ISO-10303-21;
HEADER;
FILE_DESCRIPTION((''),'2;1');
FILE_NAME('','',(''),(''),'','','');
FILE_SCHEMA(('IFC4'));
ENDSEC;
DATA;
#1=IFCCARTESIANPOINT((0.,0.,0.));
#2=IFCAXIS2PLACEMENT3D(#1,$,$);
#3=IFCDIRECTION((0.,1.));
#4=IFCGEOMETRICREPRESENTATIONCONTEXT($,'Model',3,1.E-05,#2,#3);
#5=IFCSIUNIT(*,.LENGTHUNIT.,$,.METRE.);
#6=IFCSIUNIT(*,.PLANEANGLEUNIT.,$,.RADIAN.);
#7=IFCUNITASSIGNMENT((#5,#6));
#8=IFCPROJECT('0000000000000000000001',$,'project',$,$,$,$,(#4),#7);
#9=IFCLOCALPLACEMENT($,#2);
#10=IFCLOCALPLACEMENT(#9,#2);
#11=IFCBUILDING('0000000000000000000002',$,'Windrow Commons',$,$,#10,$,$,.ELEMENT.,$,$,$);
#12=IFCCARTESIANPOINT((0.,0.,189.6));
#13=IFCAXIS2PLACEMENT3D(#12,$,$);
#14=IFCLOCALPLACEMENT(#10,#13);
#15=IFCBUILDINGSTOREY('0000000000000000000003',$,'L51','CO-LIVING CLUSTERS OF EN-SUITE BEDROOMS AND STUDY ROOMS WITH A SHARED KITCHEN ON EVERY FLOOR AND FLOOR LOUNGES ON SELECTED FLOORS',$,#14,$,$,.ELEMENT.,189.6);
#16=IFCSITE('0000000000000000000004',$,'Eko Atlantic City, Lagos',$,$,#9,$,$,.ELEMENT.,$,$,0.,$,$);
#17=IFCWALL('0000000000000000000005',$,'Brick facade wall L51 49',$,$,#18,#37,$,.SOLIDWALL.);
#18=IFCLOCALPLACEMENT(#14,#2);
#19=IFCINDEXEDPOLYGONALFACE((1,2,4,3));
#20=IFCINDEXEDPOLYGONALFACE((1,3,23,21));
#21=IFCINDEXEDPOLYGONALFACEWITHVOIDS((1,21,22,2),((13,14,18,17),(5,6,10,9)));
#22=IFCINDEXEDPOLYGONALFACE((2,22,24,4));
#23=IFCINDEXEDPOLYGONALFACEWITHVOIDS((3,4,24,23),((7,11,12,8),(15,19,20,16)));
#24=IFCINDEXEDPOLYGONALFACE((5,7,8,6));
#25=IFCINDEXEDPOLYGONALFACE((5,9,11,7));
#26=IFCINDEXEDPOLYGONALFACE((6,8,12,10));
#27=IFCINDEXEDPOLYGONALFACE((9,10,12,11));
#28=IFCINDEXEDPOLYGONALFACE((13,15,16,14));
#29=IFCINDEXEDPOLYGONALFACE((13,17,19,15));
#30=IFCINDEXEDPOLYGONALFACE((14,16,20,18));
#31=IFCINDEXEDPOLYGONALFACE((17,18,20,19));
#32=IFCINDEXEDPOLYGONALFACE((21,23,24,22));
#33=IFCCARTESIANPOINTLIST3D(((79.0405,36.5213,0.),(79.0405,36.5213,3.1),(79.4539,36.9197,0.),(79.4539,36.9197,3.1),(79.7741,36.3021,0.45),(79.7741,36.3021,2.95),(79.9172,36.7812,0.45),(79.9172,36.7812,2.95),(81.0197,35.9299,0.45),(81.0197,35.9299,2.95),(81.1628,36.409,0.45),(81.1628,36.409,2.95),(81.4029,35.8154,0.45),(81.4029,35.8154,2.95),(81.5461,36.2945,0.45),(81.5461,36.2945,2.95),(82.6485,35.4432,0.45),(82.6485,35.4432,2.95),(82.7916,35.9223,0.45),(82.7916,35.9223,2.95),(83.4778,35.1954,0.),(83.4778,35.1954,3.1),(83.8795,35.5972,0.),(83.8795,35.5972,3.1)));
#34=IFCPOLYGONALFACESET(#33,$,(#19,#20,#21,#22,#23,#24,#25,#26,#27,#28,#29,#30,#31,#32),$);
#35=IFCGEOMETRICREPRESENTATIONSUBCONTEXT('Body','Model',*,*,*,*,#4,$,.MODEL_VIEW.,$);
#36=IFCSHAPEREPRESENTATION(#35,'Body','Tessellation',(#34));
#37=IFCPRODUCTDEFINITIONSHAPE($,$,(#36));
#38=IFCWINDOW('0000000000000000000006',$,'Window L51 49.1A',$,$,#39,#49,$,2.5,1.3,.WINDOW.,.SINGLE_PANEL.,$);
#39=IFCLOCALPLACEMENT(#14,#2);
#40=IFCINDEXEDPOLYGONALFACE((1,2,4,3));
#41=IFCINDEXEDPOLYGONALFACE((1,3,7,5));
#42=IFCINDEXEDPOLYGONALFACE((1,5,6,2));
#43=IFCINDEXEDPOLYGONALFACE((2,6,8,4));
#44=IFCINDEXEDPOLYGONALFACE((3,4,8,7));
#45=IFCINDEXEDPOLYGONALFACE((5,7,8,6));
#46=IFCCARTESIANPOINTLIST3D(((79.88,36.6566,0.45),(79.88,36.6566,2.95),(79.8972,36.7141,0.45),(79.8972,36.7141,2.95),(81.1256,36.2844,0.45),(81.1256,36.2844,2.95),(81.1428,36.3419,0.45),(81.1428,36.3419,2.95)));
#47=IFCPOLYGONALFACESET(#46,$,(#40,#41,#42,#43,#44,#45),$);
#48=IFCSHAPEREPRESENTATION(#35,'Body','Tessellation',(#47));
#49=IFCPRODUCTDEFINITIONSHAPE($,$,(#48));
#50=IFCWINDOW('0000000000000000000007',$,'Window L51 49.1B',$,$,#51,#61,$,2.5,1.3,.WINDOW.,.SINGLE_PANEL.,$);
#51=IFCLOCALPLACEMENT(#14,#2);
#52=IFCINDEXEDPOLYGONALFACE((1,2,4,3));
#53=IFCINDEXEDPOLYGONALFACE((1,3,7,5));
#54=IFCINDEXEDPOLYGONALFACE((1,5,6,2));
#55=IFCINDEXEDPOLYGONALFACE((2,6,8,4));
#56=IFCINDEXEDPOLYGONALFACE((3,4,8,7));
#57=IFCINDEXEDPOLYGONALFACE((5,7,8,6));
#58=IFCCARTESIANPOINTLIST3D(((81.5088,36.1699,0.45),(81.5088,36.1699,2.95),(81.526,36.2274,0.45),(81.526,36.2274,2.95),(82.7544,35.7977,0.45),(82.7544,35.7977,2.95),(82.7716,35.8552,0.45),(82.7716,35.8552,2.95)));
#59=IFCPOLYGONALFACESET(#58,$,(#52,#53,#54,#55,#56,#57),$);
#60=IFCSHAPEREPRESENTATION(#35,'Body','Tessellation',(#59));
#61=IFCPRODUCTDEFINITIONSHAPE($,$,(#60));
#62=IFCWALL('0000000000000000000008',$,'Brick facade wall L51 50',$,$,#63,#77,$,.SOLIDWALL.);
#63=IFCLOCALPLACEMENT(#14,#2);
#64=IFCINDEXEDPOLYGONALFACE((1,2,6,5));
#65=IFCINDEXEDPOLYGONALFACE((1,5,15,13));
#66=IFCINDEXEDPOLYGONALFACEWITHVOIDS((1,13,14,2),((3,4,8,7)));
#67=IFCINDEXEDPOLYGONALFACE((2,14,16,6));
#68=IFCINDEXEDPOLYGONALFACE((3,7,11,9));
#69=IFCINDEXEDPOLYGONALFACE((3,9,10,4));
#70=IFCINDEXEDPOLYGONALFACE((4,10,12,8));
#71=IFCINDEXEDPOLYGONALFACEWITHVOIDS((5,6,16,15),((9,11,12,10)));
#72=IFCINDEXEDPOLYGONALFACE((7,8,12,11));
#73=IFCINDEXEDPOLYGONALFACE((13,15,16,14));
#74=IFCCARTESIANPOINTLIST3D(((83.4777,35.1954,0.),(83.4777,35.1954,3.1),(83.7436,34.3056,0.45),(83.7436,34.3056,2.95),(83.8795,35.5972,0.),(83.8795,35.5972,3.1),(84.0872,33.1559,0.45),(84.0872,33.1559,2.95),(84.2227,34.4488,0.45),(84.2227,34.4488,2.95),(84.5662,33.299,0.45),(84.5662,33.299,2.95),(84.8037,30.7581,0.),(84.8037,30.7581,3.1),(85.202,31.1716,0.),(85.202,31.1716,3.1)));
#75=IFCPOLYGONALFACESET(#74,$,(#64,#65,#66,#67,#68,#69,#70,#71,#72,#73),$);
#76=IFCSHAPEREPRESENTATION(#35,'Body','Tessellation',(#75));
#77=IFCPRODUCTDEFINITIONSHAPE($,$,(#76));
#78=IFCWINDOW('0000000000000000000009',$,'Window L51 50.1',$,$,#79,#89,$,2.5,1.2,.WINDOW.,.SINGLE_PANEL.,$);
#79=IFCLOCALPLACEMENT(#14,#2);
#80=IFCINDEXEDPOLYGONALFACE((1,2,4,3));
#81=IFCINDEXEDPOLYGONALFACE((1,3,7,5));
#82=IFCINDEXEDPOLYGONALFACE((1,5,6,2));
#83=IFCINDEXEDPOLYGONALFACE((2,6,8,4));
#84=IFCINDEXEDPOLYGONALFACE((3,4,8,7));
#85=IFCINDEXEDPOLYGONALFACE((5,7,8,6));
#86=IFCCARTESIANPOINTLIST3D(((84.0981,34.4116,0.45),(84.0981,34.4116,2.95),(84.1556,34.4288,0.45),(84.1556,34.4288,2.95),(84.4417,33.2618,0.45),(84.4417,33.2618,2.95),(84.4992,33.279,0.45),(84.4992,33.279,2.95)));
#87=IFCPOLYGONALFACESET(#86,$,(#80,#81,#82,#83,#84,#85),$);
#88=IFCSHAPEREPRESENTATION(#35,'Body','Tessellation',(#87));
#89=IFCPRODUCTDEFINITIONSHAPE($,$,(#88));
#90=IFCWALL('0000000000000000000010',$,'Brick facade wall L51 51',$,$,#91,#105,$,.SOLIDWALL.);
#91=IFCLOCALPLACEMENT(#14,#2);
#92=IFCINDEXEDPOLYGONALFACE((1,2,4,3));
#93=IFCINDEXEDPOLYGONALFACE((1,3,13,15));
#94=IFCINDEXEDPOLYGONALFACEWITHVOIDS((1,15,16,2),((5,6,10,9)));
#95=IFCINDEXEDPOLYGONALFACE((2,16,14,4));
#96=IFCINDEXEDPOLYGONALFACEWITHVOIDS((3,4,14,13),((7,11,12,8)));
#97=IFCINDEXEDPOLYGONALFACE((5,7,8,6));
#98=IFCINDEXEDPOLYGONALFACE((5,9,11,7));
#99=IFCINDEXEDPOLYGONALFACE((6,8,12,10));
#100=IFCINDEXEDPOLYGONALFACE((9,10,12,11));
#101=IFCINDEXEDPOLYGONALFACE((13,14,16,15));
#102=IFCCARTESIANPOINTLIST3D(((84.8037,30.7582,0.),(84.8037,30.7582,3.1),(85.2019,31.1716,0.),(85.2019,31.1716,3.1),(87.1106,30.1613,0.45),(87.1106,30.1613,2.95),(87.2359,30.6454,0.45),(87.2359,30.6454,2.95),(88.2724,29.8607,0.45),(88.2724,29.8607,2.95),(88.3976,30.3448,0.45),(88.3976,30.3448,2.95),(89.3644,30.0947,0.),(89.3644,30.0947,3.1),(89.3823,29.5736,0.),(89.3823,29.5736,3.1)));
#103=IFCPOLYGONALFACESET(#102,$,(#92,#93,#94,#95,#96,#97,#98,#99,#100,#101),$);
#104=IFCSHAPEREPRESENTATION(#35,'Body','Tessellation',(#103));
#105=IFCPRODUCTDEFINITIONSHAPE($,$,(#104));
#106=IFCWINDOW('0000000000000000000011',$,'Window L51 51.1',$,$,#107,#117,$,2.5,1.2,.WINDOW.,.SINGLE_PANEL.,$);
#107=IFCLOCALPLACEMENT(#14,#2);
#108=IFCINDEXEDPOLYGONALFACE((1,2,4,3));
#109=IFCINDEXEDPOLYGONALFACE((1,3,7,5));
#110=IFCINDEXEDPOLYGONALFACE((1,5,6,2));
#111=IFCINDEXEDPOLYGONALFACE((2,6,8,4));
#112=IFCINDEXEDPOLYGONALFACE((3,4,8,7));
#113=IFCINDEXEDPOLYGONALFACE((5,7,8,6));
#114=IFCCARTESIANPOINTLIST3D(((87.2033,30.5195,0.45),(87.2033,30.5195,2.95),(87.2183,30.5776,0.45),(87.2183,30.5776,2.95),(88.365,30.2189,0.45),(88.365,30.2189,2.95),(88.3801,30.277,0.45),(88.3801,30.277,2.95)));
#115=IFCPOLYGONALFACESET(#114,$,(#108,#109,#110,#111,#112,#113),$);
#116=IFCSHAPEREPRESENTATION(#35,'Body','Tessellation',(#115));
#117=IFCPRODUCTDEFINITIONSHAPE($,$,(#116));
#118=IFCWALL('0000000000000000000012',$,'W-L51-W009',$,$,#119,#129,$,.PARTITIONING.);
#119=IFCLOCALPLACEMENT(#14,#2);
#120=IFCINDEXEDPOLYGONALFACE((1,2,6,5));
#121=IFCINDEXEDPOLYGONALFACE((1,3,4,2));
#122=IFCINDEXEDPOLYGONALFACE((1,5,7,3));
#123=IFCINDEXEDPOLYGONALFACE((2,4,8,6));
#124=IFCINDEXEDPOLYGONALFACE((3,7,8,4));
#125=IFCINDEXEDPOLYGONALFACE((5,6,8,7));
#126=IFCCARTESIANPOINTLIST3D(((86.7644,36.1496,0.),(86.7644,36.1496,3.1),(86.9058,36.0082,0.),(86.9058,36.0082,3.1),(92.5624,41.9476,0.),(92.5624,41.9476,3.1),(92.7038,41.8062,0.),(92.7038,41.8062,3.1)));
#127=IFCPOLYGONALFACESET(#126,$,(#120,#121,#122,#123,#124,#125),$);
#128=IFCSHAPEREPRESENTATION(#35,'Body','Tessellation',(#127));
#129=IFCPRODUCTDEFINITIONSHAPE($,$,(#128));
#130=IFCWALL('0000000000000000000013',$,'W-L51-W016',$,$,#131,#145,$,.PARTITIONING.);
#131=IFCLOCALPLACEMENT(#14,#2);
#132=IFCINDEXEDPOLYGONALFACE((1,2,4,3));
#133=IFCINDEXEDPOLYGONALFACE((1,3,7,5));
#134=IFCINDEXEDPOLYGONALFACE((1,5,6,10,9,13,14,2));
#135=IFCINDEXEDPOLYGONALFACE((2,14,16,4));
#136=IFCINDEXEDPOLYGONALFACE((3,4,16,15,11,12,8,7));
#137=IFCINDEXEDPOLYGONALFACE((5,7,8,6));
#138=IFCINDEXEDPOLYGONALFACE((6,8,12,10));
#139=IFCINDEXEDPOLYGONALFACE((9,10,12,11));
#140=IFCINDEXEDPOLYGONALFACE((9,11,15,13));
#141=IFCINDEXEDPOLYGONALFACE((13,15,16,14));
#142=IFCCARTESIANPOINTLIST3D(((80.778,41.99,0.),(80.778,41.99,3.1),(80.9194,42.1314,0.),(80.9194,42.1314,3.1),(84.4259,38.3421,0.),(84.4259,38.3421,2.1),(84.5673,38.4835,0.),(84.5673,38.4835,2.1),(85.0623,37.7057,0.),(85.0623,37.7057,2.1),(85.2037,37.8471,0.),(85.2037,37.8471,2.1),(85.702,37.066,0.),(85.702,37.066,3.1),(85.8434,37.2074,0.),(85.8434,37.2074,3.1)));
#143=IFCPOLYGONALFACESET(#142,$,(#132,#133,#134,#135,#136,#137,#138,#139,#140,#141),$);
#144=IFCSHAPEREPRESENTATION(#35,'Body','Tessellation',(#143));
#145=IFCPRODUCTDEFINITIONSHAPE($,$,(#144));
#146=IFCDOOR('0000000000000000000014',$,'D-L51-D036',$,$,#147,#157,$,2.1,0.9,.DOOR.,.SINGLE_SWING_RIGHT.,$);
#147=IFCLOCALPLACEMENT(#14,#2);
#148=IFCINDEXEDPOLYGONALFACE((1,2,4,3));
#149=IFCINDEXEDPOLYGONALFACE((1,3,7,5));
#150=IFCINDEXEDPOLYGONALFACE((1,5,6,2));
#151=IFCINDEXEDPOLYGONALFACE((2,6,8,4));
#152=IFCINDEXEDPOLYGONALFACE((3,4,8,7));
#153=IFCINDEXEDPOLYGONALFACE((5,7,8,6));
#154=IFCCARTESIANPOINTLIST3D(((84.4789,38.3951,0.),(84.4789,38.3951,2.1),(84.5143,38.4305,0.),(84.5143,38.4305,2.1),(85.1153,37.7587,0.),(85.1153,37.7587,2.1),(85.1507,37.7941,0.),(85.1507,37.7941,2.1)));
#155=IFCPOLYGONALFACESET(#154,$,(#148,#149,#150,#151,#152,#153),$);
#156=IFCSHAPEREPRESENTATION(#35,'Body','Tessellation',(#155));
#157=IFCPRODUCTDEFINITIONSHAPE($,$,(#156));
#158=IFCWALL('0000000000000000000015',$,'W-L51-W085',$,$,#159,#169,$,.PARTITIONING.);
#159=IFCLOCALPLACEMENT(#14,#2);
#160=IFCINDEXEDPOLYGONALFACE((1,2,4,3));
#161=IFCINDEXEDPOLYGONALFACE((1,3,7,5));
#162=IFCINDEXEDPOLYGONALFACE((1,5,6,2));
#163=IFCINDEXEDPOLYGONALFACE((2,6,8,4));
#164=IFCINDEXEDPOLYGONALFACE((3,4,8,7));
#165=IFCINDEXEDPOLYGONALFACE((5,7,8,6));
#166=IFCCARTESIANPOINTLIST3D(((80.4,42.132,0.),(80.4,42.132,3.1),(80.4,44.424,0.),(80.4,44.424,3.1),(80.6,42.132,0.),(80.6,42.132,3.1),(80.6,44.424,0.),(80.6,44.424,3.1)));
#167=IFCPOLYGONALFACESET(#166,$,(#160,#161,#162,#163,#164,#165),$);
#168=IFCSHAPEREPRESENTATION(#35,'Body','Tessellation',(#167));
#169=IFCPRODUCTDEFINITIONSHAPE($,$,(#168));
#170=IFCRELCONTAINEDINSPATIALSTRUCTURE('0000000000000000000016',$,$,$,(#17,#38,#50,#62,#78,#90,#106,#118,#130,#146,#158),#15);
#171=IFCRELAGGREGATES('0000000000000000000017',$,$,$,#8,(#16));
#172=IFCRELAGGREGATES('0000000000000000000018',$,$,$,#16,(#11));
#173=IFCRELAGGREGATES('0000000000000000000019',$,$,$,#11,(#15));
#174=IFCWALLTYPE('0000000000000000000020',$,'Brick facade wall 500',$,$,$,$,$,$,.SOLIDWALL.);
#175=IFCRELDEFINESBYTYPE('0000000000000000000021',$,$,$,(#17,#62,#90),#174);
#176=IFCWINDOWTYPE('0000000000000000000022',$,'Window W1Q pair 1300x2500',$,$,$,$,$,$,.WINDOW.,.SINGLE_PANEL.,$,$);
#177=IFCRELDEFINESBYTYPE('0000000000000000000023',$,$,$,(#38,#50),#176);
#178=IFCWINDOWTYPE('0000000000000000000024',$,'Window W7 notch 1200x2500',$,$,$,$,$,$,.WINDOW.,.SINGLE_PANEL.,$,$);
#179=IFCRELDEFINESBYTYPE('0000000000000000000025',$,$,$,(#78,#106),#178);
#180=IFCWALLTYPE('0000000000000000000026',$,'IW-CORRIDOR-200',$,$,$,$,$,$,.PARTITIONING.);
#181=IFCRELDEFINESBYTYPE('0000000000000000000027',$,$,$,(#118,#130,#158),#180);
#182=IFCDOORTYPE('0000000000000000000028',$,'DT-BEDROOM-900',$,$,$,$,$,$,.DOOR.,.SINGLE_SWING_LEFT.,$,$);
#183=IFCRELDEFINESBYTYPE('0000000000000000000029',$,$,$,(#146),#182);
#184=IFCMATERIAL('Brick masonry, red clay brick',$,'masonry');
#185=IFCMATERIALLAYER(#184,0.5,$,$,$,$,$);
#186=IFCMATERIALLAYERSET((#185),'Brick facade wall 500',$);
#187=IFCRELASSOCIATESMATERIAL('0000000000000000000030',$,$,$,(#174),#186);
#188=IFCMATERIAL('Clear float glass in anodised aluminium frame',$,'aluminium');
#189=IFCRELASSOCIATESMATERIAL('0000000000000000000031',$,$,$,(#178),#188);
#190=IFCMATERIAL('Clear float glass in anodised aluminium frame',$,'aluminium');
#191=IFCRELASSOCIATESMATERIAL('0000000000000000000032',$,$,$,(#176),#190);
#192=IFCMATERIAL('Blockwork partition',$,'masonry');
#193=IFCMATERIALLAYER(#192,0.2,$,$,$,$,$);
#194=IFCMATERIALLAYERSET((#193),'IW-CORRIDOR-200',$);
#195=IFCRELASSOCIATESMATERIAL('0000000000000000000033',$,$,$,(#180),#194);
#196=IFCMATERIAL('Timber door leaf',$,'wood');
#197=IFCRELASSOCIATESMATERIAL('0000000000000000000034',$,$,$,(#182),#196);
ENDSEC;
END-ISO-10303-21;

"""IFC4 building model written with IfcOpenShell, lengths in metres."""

from ifc_helpers import new_model, si_unit, direction, frame, frame_2d, origin, place, context, subcontext, project, spatial, polyline, rectangle, outline, extrude, material, layer, layer_set, type_object, element, fill, save


model = new_model("IFC4")

# Units and contexts
model_context = context("Model", 3, precision=1e-05, world=origin(), true_north=direction((0.0, 1.0)))
body_context = subcontext(model_context, "Body", "Model", "MODEL_VIEW")
ifc_project = project(units=[si_unit("LENGTHUNIT", "METRE"), si_unit("PLANEANGLEUNIT", "RADIAN")], contexts=[model_context])

# Site, building, storey
site_placement = place(None, origin())
site = spatial("IfcSite", under=ifc_project, at=site_placement, Name="Eko Atlantic City, Lagos", CompositionType="ELEMENT", RefElevation=0.0)
building_placement = place(site_placement, origin())
building = spatial("IfcBuilding", under=site, at=building_placement, Name="Windrow Commons", CompositionType="ELEMENT")
storey_placement = place(building_placement, frame((0.0, 0.0, 189.6)))
storey = spatial("IfcBuildingStorey", under=building, at=storey_placement, Name="L51", Description="CO-LIVING CLUSTERS OF EN-SUITE BEDROOMS AND STUDY ROOMS WITH A SHARED KITCHEN ON EVERY FLOOR AND FLOOR LOUNGES ON SELECTED FLOORS", CompositionType="ELEMENT", Elevation=189.6)

# Shared definitions
ifc_material_1 = material(Name="Brick masonry, red clay brick", Category="masonry")
ifc_layer_1 = layer(ifc_material_1, 0.5)
ifc_layer_set_1 = layer_set([ifc_layer_1], Name="Brick facade wall 500")
wall_type_1 = type_object("IfcWallType", Name="Brick facade wall 500", PredefinedType="SOLIDWALL", material=ifc_layer_set_1)
ifc_material_2 = material(Name="Clear float glass in anodised aluminium frame", Category="aluminium")
window_type_1 = type_object("IfcWindowType", Name="Window W7 notch 1200x2500", PartitioningType="SINGLE_PANEL", PredefinedType="WINDOW", material=ifc_material_2)

# Wall, openings, windows
wall_1_placement = place(storey_placement, frame((79.2472, 36.7205, 0.0), z_axis=(0.0, 0.0, 1.0), x_axis=(0.958136, -0.286312, 0.0)))
wall_1 = element("IfcWall", 1, at=wall_1_placement, inside=storey, type_object=wall_type_1, Name="Brick facade wall L51 49", PredefinedType="SOLIDWALL", context=body_context, shape_type="SweptSolid", body=[
    extrude(outline(polyline([(-0.141, -0.25), (4.4901, -0.25), (4.76, 0.25), (0.141, 0.25), (-0.141, -0.25)])), origin(), (0.0, 0.0, 1.0), 3.1),
])
opening_1_placement = place(wall_1_placement, frame((0.6246, 0.0, 0.45)))
opening_1 = element("IfcOpeningElement", 2, at=opening_1_placement, cuts=wall_1, PredefinedType="OPENING", context=body_context, shape_type="SweptSolid", body=[
    extrude(rectangle(XDim=1.3, YDim=2.5, at=frame_2d((0.65, 1.25))), frame((0.0, 0.26, 0.0), z_axis=(0.0, -1.0, 0.0), x_axis=(1.0, 0.0, 0.0)), (0.0, 0.0, 1.0), 0.52),
])
opening_2_placement = place(wall_1_placement, frame((2.3246, 0.0, 0.45)))
opening_2 = element("IfcOpeningElement", 3, at=opening_2_placement, cuts=wall_1, PredefinedType="OPENING", context=body_context, shape_type="SweptSolid", body=[
    extrude(rectangle(XDim=1.3, YDim=2.5, at=frame_2d((0.65, 1.25))), frame((0.0, 0.26, 0.0), z_axis=(0.0, -1.0, 0.0), x_axis=(1.0, 0.0, 0.0)), (0.0, 0.0, 1.0), 0.52),
])
ifc_material_3 = material(Name="Clear float glass in anodised aluminium frame", Category="aluminium")
window_type_2 = type_object("IfcWindowType", Name="Window W1Q pair 1300x2500", PartitioningType="SINGLE_PANEL", PredefinedType="WINDOW", material=ifc_material_3)
window_1_placement = place(opening_1_placement, origin())
window_1 = element("IfcWindow", 4, at=window_1_placement, inside=storey, type_object=window_type_2, Name="Window L51 49.1A", OverallHeight=2.5, OverallWidth=1.3, PartitioningType="SINGLE_PANEL", PredefinedType="WINDOW", context=body_context, shape_type="SweptSolid", body=[
    extrude(rectangle(XDim=1.3, YDim=2.5, at=frame_2d((0.65, 1.25))), frame((0.0, 0.18, 0.0), z_axis=(0.0, -1.0, 0.0), x_axis=(1.0, 0.0, 0.0)), (0.0, 0.0, 1.0), 0.06),
])
fill(opening_1, window_1)
window_2_placement = place(opening_2_placement, origin())
window_2 = element("IfcWindow", 5, at=window_2_placement, inside=storey, type_object=window_type_2, Name="Window L51 49.1B", OverallHeight=2.5, OverallWidth=1.3, PartitioningType="SINGLE_PANEL", PredefinedType="WINDOW", context=body_context, shape_type="SweptSolid", body=[
    extrude(rectangle(XDim=1.3, YDim=2.5, at=frame_2d((0.65, 1.25))), frame((0.0, 0.18, 0.0), z_axis=(0.0, -1.0, 0.0), x_axis=(1.0, 0.0, 0.0)), (0.0, 0.0, 1.0), 0.06),
])
fill(opening_2, window_2)

# Walls, openings, windows
wall_2_placement = place(storey_placement, frame((83.6786, 35.3963, 0.0), z_axis=(0.0, 0.0, 1.0), x_axis=(0.286312, -0.958136, 0.0)))
wall_2 = element("IfcWall", 6, at=wall_2_placement, inside=storey, type_object=wall_type_1, Name="Brick facade wall L51 50", PredefinedType="SOLIDWALL", context=body_context, shape_type="SweptSolid", body=[
    extrude(outline(polyline([(0.135, -0.25), (4.7661, -0.25), (4.484, 0.25), (-0.135, 0.25), (0.135, -0.25)])), origin(), (0.0, 0.0, 1.0), 3.1),
])
opening_3_placement = place(wall_2_placement, frame((1.0636, 0.0, 0.45)))
opening_3 = element("IfcOpeningElement", 7, at=opening_3_placement, cuts=wall_2, PredefinedType="OPENING", context=body_context, shape_type="SweptSolid", body=[
    extrude(rectangle(XDim=1.2, YDim=2.5, at=frame_2d((0.6, 1.25))), frame((0.0, 0.26, 0.0), z_axis=(0.0, -1.0, 0.0), x_axis=(1.0, 0.0, 0.0)), (0.0, 0.0, 1.0), 0.52),
])
window_3_placement = place(opening_3_placement, origin())
window_3 = element("IfcWindow", 8, at=window_3_placement, inside=storey, type_object=window_type_1, Name="Window L51 50.1", OverallHeight=2.5, OverallWidth=1.2, PartitioningType="SINGLE_PANEL", PredefinedType="WINDOW", context=body_context, shape_type="SweptSolid", body=[
    extrude(rectangle(XDim=1.2, YDim=2.5, at=frame_2d((0.6, 1.25))), frame((0.0, 0.18, 0.0), z_axis=(0.0, -1.0, 0.0), x_axis=(1.0, 0.0, 0.0)), (0.0, 0.0, 1.0), 0.06),
])
fill(opening_3, window_3)
wall_3_placement = place(storey_placement, frame((85.0028, 30.9649, 0.0), z_axis=(0.0, 0.0, 1.0), x_axis=(0.968122, -0.250481, 0.0)))
wall_3 = element("IfcWall", 9, at=wall_3_placement, inside=storey, type_object=wall_type_1, Name="Brick facade wall L51 51", PredefinedType="SOLIDWALL", context=body_context, shape_type="SweptSolid", body=[
    extrude(outline(polyline([(-0.141, -0.25), (4.5884, -0.25), (4.4405, 0.25), (0.141, 0.25), (-0.141, -0.25)])), origin(), (0.0, 0.0, 1.0), 3.1),
])
opening_4_placement = place(wall_3_placement, frame((2.2419, 0.0, 0.45)))
opening_4 = element("IfcOpeningElement", 10, at=opening_4_placement, cuts=wall_3, PredefinedType="OPENING", context=body_context, shape_type="SweptSolid", body=[
    extrude(rectangle(XDim=1.2, YDim=2.5, at=frame_2d((0.6, 1.25))), frame((0.0, 0.26, 0.0), z_axis=(0.0, -1.0, 0.0), x_axis=(1.0, 0.0, 0.0)), (0.0, 0.0, 1.0), 0.52),
])
window_4_placement = place(opening_4_placement, origin())
window_4 = element("IfcWindow", 11, at=window_4_placement, inside=storey, type_object=window_type_1, Name="Window L51 51.1", OverallHeight=2.5, OverallWidth=1.2, PartitioningType="SINGLE_PANEL", PredefinedType="WINDOW", context=body_context, shape_type="SweptSolid", body=[
    extrude(rectangle(XDim=1.2, YDim=2.5, at=frame_2d((0.6, 1.25))), frame((0.0, 0.18, 0.0), z_axis=(0.0, -1.0, 0.0), x_axis=(1.0, 0.0, 0.0)), (0.0, 0.0, 1.0), 0.06),
])
fill(opening_4, window_4)

# Wall
ifc_material_4 = material(Name="Blockwork partition", Category="masonry")
ifc_layer_2 = layer(ifc_material_4, 0.2)
ifc_layer_set_2 = layer_set([ifc_layer_2], Name="IW-CORRIDOR-200")
wall_type_2 = type_object("IfcWallType", Name="IW-CORRIDOR-200", PredefinedType="PARTITIONING", material=ifc_layer_set_2)
wall_4_placement = place(storey_placement, frame((86.8351, 36.0789, 0.0), z_axis=(0.0, 0.0, 1.0), x_axis=(0.707107, 0.707107, 0.0)))
element("IfcWall", 12, at=wall_4_placement, inside=storey, type_object=wall_type_2, Name="W-L51-W009", PredefinedType="PARTITIONING", context=body_context, shape_type="SweptSolid", body=[
    extrude(rectangle(XDim=8.1996, YDim=0.2, at=frame_2d((4.0998, 0.0))), origin(), (0.0, 0.0, 1.0), 3.1),
])

# Wall, opening, door
wall_5_placement = place(storey_placement, frame((80.8487, 42.0607, 0.0), z_axis=(0.0, 0.0, 1.0), x_axis=(0.707107, -0.707107, 0.0)))
wall_5 = element("IfcWall", 13, at=wall_5_placement, inside=storey, type_object=wall_type_2, Name="W-L51-W016", PredefinedType="PARTITIONING", context=body_context, shape_type="SweptSolid", body=[
    extrude(rectangle(XDim=6.9636, YDim=0.2, at=frame_2d((3.4818, 0.0))), origin(), (0.0, 0.0, 1.0), 3.1),
])
opening_5_placement = place(wall_5_placement, frame((5.1589, 0.0, 0.0)))
opening_5 = element("IfcOpeningElement", 14, at=opening_5_placement, cuts=wall_5, PredefinedType="OPENING", context=body_context, shape_type="SweptSolid", body=[
    extrude(rectangle(XDim=0.9, YDim=2.1, at=frame_2d((0.45, 1.05))), frame((0.0, 0.11, 0.0), z_axis=(0.0, -1.0, 0.0), x_axis=(1.0, 0.0, 0.0)), (0.0, 0.0, 1.0), 0.22),
])
ifc_material_5 = material(Name="Timber door leaf", Category="wood")
door_type_1 = type_object("IfcDoorType", Name="DT-BEDROOM-900", OperationType="SINGLE_SWING_LEFT", PredefinedType="DOOR", material=ifc_material_5)
door_1_placement = place(opening_5_placement, origin())
door_1 = element("IfcDoor", 15, at=door_1_placement, inside=storey, type_object=door_type_1, Name="D-L51-D036", OperationType="SINGLE_SWING_RIGHT", OverallHeight=2.1, OverallWidth=0.9, PredefinedType="DOOR", context=body_context, shape_type="SweptSolid", body=[
    extrude(rectangle(XDim=0.9, YDim=2.1, at=frame_2d((0.45, 1.05))), frame((0.0, 0.025, 0.0), z_axis=(0.0, -1.0, 0.0), x_axis=(1.0, 0.0, 0.0)), (0.0, 0.0, 1.0), 0.05),
])
fill(opening_5, door_1)

# Wall
wall_6_placement = place(storey_placement, frame((80.5, 42.132, 0.0), z_axis=(0.0, 0.0, 1.0), x_axis=(0.0, 1.0, 0.0)))
element("IfcWall", 16, at=wall_6_placement, inside=storey, type_object=wall_type_2, Name="W-L51-W085", PredefinedType="PARTITIONING", context=body_context, shape_type="SweptSolid", body=[
    extrude(rectangle(XDim=2.292, YDim=0.2, at=frame_2d((1.146, 0.0))), origin(), (0.0, 0.0, 1.0), 3.1),
])

save(model, "model.ifc")
